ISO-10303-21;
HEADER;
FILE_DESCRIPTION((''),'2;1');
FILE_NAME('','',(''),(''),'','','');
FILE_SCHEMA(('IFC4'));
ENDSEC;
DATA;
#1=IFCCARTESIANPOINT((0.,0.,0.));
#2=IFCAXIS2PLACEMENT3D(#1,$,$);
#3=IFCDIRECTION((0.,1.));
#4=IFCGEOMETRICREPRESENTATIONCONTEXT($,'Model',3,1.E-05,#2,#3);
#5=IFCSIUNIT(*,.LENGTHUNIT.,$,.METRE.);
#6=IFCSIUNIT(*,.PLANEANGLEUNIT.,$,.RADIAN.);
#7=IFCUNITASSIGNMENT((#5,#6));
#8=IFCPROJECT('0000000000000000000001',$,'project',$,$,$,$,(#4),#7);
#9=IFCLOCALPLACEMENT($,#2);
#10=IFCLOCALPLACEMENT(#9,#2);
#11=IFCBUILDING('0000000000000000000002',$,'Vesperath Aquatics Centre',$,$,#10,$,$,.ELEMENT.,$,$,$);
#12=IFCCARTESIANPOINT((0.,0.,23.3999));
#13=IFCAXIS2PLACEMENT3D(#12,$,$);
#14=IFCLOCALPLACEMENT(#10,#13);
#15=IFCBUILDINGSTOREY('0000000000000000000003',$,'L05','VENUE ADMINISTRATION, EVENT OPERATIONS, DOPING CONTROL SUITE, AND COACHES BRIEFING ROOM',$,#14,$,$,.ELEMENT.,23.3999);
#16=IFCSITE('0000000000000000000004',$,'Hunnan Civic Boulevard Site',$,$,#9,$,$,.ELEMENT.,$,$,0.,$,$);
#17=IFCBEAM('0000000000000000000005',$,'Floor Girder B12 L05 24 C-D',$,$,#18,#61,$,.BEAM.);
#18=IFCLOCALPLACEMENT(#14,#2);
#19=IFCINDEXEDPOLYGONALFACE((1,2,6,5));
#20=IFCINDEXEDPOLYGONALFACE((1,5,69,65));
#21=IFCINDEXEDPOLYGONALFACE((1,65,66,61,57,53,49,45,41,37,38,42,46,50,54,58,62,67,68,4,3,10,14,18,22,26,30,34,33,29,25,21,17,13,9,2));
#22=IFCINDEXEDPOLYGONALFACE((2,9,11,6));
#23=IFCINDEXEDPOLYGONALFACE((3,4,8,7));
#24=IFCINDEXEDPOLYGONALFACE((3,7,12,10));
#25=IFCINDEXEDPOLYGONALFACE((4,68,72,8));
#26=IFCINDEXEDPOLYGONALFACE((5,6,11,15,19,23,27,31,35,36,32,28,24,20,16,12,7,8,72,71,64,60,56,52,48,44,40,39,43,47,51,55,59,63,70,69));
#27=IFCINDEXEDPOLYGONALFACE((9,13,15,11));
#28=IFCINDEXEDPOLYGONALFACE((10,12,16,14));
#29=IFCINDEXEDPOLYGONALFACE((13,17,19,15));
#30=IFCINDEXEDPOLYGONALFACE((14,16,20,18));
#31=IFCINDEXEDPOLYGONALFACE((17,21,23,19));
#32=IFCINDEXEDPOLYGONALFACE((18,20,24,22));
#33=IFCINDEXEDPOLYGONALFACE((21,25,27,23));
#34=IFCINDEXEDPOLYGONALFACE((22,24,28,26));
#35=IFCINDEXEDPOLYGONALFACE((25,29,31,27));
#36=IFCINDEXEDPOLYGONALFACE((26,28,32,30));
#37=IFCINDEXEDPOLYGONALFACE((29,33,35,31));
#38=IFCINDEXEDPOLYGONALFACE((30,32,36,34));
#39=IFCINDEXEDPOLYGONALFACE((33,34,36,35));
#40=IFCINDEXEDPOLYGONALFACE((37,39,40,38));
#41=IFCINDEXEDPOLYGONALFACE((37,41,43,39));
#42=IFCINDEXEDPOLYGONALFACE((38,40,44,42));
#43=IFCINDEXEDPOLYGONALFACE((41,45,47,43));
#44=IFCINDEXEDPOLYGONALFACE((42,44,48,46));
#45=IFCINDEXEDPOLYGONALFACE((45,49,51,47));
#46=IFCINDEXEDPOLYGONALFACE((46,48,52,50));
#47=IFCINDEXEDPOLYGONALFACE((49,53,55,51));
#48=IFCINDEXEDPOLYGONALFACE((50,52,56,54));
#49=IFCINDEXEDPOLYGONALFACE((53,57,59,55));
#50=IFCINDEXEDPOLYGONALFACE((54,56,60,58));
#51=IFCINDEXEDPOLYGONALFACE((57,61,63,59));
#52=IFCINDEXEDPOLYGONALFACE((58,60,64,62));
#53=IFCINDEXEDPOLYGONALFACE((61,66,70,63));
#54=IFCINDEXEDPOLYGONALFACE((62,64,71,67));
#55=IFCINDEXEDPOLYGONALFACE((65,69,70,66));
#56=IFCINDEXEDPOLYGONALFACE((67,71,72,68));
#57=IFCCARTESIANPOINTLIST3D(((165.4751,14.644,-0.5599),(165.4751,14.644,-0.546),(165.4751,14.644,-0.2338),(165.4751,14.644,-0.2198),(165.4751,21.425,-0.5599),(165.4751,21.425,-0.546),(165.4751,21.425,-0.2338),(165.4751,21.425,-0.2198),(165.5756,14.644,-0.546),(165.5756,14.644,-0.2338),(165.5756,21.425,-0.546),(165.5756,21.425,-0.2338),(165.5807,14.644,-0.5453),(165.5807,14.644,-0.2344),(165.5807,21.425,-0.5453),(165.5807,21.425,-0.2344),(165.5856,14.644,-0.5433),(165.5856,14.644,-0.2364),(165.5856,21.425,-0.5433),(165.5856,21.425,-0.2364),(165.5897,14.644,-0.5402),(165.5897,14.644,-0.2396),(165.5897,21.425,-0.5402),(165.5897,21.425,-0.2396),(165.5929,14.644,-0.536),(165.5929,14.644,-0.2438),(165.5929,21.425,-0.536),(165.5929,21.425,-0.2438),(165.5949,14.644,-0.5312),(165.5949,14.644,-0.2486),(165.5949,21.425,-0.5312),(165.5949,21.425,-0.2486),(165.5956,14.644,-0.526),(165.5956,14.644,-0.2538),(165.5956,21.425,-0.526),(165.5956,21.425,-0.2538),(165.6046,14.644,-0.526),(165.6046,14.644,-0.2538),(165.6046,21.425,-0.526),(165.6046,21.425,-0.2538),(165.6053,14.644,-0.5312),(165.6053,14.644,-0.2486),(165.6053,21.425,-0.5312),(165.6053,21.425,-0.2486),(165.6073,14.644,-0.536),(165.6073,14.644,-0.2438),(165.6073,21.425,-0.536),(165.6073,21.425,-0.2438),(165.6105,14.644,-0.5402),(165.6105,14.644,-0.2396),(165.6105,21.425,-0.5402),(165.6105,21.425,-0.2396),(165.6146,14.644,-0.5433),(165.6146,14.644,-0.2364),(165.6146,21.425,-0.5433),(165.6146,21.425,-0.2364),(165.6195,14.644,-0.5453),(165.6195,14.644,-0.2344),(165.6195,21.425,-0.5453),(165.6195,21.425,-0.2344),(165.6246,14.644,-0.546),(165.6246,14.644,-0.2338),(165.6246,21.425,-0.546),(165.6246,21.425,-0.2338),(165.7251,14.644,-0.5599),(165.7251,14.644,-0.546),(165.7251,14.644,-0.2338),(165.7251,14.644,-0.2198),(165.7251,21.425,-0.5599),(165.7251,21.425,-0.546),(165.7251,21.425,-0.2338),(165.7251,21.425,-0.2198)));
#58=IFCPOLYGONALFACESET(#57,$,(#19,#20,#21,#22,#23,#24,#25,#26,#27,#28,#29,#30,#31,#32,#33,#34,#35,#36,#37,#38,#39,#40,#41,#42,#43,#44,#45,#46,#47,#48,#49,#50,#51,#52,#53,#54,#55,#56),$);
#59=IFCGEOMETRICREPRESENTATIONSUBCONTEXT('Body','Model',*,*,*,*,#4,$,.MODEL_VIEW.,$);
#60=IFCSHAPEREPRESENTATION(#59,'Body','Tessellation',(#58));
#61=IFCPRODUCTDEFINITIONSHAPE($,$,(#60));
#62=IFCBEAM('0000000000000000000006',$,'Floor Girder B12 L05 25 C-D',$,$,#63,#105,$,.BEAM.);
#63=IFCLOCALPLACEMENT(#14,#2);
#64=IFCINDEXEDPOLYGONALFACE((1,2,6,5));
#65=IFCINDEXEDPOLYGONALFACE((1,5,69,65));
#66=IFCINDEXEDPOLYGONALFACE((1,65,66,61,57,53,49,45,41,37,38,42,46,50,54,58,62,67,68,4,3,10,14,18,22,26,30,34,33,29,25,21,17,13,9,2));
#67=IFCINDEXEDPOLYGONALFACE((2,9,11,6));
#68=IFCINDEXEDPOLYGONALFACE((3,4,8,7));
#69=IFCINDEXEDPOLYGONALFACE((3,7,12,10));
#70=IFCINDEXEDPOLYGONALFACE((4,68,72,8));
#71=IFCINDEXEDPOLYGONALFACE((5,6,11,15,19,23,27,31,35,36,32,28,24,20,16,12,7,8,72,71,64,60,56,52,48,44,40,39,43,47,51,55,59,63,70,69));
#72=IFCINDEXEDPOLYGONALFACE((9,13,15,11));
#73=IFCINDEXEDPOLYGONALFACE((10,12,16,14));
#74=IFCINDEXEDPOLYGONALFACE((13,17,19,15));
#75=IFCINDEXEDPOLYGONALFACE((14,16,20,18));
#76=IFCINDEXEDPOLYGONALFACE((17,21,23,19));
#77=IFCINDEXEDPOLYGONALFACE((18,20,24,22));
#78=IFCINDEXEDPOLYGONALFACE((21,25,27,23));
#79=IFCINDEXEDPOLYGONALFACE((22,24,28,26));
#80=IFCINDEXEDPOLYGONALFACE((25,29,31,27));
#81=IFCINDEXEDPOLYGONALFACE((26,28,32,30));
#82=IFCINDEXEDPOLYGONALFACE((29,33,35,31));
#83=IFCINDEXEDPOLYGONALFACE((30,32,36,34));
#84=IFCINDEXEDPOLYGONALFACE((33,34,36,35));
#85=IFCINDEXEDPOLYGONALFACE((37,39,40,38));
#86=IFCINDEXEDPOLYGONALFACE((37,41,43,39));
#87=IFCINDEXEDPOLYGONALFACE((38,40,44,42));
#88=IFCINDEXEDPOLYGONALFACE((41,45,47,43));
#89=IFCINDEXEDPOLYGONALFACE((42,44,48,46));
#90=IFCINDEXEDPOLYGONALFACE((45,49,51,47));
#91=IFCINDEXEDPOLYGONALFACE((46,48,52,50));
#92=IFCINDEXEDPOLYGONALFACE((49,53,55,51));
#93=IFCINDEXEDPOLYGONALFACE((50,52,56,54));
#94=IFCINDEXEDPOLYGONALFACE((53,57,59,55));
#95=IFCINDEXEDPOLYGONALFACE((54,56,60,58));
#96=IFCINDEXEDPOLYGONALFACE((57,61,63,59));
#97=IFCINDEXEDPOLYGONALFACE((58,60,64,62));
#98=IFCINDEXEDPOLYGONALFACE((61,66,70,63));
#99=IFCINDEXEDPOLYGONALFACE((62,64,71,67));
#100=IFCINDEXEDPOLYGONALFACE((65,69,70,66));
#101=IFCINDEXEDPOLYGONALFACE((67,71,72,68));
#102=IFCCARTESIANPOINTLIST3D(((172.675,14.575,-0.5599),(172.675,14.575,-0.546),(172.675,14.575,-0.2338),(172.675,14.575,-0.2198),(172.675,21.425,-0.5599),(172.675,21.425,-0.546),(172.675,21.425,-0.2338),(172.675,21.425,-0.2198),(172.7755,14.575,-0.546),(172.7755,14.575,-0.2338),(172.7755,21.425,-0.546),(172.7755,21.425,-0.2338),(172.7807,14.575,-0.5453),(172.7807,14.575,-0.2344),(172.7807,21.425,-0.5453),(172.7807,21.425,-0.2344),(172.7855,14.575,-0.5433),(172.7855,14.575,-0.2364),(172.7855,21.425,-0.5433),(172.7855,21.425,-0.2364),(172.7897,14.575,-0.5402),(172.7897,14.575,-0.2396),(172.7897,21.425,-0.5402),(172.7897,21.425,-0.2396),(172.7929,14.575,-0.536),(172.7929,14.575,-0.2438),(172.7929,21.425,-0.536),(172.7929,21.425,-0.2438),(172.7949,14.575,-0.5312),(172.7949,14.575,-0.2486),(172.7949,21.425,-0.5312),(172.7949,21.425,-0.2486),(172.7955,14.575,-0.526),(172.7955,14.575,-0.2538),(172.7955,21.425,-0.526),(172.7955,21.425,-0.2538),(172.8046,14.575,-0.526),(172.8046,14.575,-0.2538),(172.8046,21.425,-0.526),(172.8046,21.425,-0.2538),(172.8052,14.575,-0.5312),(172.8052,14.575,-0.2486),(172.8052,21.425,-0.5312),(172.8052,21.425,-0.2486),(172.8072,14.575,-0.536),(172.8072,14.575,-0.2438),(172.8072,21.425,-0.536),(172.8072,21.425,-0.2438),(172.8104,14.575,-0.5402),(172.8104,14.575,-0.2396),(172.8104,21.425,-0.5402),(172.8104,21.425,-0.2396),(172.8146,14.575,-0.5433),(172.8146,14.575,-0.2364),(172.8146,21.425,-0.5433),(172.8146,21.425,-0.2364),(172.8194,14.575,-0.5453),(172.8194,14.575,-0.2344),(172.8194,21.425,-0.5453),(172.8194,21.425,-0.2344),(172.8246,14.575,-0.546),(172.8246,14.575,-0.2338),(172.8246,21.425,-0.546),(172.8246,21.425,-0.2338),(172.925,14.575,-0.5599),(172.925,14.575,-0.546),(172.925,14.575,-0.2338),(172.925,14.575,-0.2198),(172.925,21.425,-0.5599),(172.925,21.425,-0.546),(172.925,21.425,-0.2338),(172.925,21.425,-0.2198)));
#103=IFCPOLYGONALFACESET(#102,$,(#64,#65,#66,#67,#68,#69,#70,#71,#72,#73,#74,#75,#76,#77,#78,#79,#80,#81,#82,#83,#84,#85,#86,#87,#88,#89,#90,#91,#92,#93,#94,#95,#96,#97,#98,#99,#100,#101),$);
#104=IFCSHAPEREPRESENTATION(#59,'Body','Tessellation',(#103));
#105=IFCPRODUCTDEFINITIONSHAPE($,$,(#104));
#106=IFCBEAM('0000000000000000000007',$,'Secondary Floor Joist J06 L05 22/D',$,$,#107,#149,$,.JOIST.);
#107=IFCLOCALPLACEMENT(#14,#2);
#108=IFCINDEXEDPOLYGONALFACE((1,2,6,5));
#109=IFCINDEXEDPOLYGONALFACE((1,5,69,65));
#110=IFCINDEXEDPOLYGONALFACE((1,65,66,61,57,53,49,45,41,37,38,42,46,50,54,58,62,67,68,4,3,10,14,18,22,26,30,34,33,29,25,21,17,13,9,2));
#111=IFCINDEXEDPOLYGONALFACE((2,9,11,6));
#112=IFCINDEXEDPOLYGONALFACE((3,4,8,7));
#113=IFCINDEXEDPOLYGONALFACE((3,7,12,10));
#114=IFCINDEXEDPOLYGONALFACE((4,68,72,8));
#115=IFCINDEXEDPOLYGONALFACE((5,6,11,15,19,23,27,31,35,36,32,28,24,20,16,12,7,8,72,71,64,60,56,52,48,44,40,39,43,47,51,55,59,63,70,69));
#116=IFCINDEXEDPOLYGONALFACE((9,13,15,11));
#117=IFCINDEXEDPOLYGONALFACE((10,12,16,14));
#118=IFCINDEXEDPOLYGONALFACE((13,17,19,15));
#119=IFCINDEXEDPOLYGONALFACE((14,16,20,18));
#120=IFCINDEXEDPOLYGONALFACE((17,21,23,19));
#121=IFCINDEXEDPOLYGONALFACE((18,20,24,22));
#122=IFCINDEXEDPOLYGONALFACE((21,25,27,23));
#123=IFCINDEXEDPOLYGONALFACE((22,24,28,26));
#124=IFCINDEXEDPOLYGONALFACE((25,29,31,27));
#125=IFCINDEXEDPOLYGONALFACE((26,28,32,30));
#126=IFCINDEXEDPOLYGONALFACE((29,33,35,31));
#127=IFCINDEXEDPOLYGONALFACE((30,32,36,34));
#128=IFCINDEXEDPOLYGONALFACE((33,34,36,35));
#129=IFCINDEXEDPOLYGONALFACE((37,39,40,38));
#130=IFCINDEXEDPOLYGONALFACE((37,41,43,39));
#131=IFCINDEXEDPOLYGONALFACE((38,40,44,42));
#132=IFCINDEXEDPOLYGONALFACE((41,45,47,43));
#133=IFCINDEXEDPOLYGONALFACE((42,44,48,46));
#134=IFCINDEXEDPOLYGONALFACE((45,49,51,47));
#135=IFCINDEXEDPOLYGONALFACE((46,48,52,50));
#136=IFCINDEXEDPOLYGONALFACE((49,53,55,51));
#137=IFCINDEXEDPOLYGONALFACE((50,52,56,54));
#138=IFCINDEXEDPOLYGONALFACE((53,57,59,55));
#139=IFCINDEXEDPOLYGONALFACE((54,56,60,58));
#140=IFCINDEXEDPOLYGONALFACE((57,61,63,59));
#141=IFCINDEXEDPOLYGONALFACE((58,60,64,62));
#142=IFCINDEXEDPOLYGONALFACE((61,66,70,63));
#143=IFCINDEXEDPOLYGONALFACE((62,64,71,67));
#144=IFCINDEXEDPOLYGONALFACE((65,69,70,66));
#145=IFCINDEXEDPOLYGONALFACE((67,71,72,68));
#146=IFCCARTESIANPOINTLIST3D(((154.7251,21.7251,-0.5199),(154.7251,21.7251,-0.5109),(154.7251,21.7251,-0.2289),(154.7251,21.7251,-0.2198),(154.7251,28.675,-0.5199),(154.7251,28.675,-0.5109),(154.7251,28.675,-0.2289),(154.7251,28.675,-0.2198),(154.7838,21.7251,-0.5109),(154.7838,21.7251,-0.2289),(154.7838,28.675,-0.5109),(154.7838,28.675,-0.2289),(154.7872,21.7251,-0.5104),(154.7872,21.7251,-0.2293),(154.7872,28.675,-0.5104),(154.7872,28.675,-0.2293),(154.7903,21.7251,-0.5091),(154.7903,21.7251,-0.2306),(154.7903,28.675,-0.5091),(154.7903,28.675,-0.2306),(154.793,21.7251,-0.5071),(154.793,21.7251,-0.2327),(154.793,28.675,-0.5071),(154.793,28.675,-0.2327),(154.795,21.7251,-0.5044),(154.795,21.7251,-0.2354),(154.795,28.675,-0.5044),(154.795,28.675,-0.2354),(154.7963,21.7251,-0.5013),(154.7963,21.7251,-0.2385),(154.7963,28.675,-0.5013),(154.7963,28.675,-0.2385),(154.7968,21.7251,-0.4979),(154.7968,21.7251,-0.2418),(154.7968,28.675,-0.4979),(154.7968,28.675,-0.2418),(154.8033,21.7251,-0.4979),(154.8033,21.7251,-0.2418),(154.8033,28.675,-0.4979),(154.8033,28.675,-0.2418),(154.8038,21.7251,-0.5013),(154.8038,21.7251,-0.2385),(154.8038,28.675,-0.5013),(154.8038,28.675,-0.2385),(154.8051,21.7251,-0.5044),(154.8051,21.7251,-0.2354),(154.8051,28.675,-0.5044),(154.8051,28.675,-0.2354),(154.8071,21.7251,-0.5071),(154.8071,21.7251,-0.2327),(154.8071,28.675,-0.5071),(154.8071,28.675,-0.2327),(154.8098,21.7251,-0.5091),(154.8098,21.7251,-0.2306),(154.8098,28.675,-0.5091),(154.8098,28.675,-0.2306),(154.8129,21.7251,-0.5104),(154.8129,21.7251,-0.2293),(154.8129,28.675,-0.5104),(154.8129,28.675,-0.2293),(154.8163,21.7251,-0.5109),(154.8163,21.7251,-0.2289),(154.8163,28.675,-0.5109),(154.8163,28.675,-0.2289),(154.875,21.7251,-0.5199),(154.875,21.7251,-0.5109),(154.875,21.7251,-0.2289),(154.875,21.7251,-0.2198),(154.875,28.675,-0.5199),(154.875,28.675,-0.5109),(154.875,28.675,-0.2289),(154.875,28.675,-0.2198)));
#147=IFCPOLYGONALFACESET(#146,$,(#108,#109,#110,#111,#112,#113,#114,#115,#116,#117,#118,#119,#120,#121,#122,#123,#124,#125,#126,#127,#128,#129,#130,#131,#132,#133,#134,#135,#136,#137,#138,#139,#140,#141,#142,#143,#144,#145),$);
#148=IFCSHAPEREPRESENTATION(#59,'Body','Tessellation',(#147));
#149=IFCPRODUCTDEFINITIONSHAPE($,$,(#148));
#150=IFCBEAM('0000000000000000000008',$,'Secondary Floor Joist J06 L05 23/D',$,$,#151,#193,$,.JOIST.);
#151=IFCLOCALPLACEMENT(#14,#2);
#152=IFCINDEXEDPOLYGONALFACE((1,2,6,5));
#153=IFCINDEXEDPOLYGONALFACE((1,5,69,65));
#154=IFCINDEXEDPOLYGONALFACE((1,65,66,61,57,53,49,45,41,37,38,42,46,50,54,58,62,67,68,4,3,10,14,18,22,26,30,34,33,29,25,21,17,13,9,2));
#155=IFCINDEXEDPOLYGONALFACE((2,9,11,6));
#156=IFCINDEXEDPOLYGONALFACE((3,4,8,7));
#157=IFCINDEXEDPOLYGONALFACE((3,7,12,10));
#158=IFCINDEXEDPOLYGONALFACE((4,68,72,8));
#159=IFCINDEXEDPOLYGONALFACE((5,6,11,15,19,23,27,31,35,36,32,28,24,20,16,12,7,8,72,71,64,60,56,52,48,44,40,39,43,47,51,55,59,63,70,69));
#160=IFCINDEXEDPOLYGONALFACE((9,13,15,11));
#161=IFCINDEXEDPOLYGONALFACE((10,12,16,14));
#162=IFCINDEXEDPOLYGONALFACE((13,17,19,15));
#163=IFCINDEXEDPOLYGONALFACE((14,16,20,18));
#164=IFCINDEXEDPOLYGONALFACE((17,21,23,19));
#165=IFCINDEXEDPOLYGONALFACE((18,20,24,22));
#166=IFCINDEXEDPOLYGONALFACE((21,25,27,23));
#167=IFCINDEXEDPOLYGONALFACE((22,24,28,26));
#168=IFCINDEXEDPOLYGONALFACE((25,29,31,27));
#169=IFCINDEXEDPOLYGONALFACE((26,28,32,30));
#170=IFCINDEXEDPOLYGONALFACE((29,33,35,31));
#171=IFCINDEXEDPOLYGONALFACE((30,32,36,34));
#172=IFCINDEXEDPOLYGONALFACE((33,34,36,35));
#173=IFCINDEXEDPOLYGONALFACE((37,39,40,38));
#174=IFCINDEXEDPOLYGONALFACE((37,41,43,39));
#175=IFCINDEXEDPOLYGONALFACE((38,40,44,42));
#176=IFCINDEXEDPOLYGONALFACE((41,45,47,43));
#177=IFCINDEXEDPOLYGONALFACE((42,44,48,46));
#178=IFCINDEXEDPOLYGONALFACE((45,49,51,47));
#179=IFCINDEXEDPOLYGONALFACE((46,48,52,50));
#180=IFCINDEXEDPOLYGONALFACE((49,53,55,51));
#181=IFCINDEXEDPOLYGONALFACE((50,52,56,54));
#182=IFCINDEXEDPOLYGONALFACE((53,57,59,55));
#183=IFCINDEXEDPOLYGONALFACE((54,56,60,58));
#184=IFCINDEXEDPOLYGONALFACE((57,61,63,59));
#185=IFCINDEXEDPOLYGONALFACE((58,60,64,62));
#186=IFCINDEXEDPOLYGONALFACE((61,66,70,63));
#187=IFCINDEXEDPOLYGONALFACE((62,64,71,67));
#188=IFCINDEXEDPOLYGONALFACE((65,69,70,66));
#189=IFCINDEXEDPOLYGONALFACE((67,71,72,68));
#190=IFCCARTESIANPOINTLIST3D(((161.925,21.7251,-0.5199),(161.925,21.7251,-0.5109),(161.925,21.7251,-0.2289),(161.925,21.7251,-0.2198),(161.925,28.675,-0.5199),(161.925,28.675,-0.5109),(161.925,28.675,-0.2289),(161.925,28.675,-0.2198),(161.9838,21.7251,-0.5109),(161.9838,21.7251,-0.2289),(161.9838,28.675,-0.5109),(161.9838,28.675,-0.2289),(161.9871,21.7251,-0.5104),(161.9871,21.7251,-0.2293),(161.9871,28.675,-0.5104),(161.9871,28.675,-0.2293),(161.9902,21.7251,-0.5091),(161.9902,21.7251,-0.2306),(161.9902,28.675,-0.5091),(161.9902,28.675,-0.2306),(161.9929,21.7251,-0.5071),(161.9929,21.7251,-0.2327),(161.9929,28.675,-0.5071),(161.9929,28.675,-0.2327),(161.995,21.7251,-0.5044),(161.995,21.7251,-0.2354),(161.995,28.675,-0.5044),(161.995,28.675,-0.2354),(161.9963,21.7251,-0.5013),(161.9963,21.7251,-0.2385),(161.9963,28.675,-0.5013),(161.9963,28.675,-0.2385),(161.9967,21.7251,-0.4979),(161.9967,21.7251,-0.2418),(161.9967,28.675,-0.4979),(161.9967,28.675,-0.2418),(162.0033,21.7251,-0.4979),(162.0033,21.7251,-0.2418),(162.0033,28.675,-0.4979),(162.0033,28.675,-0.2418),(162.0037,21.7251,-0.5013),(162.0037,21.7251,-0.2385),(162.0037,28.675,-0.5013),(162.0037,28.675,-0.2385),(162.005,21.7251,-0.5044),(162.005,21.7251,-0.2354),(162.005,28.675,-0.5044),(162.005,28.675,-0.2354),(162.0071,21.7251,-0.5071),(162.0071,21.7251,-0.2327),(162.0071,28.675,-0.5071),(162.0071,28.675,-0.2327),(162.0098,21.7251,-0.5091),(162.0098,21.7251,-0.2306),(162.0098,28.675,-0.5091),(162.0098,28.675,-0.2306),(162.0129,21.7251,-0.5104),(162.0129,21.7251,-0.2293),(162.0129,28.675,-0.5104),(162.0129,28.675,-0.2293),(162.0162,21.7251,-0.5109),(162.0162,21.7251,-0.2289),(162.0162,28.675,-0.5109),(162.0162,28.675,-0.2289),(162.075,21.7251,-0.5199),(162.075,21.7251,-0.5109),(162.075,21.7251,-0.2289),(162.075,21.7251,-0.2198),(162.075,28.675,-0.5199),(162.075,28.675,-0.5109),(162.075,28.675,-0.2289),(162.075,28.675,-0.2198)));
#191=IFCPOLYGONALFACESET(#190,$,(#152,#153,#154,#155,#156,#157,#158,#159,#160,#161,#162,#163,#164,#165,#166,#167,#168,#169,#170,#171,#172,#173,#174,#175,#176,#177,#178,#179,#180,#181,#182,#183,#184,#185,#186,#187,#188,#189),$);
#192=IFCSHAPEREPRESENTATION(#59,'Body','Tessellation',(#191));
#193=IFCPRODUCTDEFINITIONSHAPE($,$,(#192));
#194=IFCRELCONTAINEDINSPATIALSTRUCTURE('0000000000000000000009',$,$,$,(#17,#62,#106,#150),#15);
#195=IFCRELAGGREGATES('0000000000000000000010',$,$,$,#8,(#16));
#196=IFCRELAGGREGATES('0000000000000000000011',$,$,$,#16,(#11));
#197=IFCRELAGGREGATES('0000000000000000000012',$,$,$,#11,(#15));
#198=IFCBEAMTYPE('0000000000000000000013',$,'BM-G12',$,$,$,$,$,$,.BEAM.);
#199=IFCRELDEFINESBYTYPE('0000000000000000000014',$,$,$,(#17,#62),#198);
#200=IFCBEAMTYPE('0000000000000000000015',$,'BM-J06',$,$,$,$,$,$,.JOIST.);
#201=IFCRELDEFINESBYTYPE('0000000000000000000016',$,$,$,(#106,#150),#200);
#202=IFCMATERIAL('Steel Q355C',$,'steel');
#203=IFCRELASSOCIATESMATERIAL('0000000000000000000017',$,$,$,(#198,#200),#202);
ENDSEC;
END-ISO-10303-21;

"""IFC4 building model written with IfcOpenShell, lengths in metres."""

from ifc_helpers import new_model, si_unit, direction, frame, origin, origin_2d, place, context, subcontext, project, spatial, i_section, extrude, material, material_profile, profile_set, type_object, element, save


model = new_model("IFC4")

# Units and contexts
model_context = context("Model", 3, precision=1e-05, world=origin(), true_north=direction((0.0, 1.0)))
body_context = subcontext(model_context, "Body", "Model", "MODEL_VIEW")
ifc_project = project(units=[si_unit("LENGTHUNIT", "METRE"), si_unit("PLANEANGLEUNIT", "RADIAN")], contexts=[model_context])

# Site, building, storey
site_placement = place(None, origin())
site = spatial("IfcSite", under=ifc_project, at=site_placement, Name="Hunnan Civic Boulevard Site", CompositionType="ELEMENT", RefElevation=0.0)
building_placement = place(site_placement, origin())
building = spatial("IfcBuilding", under=site, at=building_placement, Name="Vesperath Aquatics Centre", CompositionType="ELEMENT")
storey_placement = place(building_placement, frame((0.0, 0.0, 23.3999)))
storey = spatial("IfcBuildingStorey", under=building, at=storey_placement, Name="L05", Description="VENUE ADMINISTRATION, EVENT OPERATIONS, DOPING CONTROL SUITE, AND COACHES BRIEFING ROOM", CompositionType="ELEMENT", Elevation=23.3999)

# Shared definitions
ifc_material_1 = material(Name="Steel Q355C", Category="steel")

# Beams
ifc_material_profile_1 = material_profile(ifc_material_1, i_section(OverallWidth=0.25, OverallDepth=0.3401, WebThickness=0.009, FlangeThickness=0.0139, FilletRadius=0.02, at=origin_2d()), Name="HM 340x250x9x14")
ifc_profile_set_1 = profile_set([ifc_material_profile_1], Name="Steel Q355C")
beam_type_1 = type_object("IfcBeamType", Name="BM-G12", PredefinedType="BEAM", material=ifc_profile_set_1)
for number, where, z_axis, x_axis, name in (
    (1, (165.6001, 14.644, -0.3899), (0.0, 1.0, 0.0), (-1.0, 0.0, 0.0), "Floor Girder B12 L05 24 C-D"),
):
    element("IfcBeam", number, at=place(storey_placement, frame(where, z_axis=z_axis, x_axis=x_axis)), inside=storey, type_object=beam_type_1, Name=name, PredefinedType="BEAM", context=body_context, shape_type="SweptSolid", body=[
        extrude(i_section(OverallWidth=0.25, OverallDepth=0.3401, WebThickness=0.009, FlangeThickness=0.0139, FilletRadius=0.02, at=origin_2d()), origin(), (0.0, 0.0, 1.0), 6.781),
    ])
beam_1_placement = place(storey_placement, frame((172.8, 14.575, -0.3899), z_axis=(0.0, 1.0, 0.0), x_axis=(-1.0, 0.0, 0.0)))
element("IfcBeam", 2, at=beam_1_placement, inside=storey, type_object=beam_type_1, Name="Floor Girder B12 L05 25 C-D", PredefinedType="BEAM", context=body_context, shape_type="SweptSolid", body=[
    extrude(i_section(OverallWidth=0.25, OverallDepth=0.3401, WebThickness=0.009, FlangeThickness=0.0139, FilletRadius=0.02, at=origin_2d()), origin(), (0.0, 0.0, 1.0), 6.8501),
])
ifc_material_profile_2 = material_profile(ifc_material_1, i_section(OverallWidth=0.1499, OverallDepth=0.3, WebThickness=0.0066, FlangeThickness=0.009, FilletRadius=0.0129, at=origin_2d()), Name="HN 300x150x6.5x9")
ifc_profile_set_2 = profile_set([ifc_material_profile_2], Name="Steel Q355C")
beam_type_2 = type_object("IfcBeamType", Name="BM-J06", PredefinedType="JOIST", material=ifc_profile_set_2)
for number, where, z_axis, x_axis, name in (
    (3, (154.8, 21.7251, -0.3699), (0.0, 1.0, 0.0), (-1.0, 0.0, 0.0), "Secondary Floor Joist J06 L05 22/D"),
    (4, (162.0, 21.7251, -0.3699), (0.0, 1.0, 0.0), (-1.0, 0.0, 0.0), "Secondary Floor Joist J06 L05 23/D"),
):
    element("IfcBeam", number, at=place(storey_placement, frame(where, z_axis=z_axis, x_axis=x_axis)), inside=storey, type_object=beam_type_2, Name=name, PredefinedType="JOIST", context=body_context, shape_type="SweptSolid", body=[
        extrude(i_section(OverallWidth=0.1499, OverallDepth=0.3, WebThickness=0.0066, FlangeThickness=0.009, FilletRadius=0.0129, at=origin_2d()), origin(), (0.0, 0.0, 1.0), 6.95),
    ])

save(model, "model.ifc")
